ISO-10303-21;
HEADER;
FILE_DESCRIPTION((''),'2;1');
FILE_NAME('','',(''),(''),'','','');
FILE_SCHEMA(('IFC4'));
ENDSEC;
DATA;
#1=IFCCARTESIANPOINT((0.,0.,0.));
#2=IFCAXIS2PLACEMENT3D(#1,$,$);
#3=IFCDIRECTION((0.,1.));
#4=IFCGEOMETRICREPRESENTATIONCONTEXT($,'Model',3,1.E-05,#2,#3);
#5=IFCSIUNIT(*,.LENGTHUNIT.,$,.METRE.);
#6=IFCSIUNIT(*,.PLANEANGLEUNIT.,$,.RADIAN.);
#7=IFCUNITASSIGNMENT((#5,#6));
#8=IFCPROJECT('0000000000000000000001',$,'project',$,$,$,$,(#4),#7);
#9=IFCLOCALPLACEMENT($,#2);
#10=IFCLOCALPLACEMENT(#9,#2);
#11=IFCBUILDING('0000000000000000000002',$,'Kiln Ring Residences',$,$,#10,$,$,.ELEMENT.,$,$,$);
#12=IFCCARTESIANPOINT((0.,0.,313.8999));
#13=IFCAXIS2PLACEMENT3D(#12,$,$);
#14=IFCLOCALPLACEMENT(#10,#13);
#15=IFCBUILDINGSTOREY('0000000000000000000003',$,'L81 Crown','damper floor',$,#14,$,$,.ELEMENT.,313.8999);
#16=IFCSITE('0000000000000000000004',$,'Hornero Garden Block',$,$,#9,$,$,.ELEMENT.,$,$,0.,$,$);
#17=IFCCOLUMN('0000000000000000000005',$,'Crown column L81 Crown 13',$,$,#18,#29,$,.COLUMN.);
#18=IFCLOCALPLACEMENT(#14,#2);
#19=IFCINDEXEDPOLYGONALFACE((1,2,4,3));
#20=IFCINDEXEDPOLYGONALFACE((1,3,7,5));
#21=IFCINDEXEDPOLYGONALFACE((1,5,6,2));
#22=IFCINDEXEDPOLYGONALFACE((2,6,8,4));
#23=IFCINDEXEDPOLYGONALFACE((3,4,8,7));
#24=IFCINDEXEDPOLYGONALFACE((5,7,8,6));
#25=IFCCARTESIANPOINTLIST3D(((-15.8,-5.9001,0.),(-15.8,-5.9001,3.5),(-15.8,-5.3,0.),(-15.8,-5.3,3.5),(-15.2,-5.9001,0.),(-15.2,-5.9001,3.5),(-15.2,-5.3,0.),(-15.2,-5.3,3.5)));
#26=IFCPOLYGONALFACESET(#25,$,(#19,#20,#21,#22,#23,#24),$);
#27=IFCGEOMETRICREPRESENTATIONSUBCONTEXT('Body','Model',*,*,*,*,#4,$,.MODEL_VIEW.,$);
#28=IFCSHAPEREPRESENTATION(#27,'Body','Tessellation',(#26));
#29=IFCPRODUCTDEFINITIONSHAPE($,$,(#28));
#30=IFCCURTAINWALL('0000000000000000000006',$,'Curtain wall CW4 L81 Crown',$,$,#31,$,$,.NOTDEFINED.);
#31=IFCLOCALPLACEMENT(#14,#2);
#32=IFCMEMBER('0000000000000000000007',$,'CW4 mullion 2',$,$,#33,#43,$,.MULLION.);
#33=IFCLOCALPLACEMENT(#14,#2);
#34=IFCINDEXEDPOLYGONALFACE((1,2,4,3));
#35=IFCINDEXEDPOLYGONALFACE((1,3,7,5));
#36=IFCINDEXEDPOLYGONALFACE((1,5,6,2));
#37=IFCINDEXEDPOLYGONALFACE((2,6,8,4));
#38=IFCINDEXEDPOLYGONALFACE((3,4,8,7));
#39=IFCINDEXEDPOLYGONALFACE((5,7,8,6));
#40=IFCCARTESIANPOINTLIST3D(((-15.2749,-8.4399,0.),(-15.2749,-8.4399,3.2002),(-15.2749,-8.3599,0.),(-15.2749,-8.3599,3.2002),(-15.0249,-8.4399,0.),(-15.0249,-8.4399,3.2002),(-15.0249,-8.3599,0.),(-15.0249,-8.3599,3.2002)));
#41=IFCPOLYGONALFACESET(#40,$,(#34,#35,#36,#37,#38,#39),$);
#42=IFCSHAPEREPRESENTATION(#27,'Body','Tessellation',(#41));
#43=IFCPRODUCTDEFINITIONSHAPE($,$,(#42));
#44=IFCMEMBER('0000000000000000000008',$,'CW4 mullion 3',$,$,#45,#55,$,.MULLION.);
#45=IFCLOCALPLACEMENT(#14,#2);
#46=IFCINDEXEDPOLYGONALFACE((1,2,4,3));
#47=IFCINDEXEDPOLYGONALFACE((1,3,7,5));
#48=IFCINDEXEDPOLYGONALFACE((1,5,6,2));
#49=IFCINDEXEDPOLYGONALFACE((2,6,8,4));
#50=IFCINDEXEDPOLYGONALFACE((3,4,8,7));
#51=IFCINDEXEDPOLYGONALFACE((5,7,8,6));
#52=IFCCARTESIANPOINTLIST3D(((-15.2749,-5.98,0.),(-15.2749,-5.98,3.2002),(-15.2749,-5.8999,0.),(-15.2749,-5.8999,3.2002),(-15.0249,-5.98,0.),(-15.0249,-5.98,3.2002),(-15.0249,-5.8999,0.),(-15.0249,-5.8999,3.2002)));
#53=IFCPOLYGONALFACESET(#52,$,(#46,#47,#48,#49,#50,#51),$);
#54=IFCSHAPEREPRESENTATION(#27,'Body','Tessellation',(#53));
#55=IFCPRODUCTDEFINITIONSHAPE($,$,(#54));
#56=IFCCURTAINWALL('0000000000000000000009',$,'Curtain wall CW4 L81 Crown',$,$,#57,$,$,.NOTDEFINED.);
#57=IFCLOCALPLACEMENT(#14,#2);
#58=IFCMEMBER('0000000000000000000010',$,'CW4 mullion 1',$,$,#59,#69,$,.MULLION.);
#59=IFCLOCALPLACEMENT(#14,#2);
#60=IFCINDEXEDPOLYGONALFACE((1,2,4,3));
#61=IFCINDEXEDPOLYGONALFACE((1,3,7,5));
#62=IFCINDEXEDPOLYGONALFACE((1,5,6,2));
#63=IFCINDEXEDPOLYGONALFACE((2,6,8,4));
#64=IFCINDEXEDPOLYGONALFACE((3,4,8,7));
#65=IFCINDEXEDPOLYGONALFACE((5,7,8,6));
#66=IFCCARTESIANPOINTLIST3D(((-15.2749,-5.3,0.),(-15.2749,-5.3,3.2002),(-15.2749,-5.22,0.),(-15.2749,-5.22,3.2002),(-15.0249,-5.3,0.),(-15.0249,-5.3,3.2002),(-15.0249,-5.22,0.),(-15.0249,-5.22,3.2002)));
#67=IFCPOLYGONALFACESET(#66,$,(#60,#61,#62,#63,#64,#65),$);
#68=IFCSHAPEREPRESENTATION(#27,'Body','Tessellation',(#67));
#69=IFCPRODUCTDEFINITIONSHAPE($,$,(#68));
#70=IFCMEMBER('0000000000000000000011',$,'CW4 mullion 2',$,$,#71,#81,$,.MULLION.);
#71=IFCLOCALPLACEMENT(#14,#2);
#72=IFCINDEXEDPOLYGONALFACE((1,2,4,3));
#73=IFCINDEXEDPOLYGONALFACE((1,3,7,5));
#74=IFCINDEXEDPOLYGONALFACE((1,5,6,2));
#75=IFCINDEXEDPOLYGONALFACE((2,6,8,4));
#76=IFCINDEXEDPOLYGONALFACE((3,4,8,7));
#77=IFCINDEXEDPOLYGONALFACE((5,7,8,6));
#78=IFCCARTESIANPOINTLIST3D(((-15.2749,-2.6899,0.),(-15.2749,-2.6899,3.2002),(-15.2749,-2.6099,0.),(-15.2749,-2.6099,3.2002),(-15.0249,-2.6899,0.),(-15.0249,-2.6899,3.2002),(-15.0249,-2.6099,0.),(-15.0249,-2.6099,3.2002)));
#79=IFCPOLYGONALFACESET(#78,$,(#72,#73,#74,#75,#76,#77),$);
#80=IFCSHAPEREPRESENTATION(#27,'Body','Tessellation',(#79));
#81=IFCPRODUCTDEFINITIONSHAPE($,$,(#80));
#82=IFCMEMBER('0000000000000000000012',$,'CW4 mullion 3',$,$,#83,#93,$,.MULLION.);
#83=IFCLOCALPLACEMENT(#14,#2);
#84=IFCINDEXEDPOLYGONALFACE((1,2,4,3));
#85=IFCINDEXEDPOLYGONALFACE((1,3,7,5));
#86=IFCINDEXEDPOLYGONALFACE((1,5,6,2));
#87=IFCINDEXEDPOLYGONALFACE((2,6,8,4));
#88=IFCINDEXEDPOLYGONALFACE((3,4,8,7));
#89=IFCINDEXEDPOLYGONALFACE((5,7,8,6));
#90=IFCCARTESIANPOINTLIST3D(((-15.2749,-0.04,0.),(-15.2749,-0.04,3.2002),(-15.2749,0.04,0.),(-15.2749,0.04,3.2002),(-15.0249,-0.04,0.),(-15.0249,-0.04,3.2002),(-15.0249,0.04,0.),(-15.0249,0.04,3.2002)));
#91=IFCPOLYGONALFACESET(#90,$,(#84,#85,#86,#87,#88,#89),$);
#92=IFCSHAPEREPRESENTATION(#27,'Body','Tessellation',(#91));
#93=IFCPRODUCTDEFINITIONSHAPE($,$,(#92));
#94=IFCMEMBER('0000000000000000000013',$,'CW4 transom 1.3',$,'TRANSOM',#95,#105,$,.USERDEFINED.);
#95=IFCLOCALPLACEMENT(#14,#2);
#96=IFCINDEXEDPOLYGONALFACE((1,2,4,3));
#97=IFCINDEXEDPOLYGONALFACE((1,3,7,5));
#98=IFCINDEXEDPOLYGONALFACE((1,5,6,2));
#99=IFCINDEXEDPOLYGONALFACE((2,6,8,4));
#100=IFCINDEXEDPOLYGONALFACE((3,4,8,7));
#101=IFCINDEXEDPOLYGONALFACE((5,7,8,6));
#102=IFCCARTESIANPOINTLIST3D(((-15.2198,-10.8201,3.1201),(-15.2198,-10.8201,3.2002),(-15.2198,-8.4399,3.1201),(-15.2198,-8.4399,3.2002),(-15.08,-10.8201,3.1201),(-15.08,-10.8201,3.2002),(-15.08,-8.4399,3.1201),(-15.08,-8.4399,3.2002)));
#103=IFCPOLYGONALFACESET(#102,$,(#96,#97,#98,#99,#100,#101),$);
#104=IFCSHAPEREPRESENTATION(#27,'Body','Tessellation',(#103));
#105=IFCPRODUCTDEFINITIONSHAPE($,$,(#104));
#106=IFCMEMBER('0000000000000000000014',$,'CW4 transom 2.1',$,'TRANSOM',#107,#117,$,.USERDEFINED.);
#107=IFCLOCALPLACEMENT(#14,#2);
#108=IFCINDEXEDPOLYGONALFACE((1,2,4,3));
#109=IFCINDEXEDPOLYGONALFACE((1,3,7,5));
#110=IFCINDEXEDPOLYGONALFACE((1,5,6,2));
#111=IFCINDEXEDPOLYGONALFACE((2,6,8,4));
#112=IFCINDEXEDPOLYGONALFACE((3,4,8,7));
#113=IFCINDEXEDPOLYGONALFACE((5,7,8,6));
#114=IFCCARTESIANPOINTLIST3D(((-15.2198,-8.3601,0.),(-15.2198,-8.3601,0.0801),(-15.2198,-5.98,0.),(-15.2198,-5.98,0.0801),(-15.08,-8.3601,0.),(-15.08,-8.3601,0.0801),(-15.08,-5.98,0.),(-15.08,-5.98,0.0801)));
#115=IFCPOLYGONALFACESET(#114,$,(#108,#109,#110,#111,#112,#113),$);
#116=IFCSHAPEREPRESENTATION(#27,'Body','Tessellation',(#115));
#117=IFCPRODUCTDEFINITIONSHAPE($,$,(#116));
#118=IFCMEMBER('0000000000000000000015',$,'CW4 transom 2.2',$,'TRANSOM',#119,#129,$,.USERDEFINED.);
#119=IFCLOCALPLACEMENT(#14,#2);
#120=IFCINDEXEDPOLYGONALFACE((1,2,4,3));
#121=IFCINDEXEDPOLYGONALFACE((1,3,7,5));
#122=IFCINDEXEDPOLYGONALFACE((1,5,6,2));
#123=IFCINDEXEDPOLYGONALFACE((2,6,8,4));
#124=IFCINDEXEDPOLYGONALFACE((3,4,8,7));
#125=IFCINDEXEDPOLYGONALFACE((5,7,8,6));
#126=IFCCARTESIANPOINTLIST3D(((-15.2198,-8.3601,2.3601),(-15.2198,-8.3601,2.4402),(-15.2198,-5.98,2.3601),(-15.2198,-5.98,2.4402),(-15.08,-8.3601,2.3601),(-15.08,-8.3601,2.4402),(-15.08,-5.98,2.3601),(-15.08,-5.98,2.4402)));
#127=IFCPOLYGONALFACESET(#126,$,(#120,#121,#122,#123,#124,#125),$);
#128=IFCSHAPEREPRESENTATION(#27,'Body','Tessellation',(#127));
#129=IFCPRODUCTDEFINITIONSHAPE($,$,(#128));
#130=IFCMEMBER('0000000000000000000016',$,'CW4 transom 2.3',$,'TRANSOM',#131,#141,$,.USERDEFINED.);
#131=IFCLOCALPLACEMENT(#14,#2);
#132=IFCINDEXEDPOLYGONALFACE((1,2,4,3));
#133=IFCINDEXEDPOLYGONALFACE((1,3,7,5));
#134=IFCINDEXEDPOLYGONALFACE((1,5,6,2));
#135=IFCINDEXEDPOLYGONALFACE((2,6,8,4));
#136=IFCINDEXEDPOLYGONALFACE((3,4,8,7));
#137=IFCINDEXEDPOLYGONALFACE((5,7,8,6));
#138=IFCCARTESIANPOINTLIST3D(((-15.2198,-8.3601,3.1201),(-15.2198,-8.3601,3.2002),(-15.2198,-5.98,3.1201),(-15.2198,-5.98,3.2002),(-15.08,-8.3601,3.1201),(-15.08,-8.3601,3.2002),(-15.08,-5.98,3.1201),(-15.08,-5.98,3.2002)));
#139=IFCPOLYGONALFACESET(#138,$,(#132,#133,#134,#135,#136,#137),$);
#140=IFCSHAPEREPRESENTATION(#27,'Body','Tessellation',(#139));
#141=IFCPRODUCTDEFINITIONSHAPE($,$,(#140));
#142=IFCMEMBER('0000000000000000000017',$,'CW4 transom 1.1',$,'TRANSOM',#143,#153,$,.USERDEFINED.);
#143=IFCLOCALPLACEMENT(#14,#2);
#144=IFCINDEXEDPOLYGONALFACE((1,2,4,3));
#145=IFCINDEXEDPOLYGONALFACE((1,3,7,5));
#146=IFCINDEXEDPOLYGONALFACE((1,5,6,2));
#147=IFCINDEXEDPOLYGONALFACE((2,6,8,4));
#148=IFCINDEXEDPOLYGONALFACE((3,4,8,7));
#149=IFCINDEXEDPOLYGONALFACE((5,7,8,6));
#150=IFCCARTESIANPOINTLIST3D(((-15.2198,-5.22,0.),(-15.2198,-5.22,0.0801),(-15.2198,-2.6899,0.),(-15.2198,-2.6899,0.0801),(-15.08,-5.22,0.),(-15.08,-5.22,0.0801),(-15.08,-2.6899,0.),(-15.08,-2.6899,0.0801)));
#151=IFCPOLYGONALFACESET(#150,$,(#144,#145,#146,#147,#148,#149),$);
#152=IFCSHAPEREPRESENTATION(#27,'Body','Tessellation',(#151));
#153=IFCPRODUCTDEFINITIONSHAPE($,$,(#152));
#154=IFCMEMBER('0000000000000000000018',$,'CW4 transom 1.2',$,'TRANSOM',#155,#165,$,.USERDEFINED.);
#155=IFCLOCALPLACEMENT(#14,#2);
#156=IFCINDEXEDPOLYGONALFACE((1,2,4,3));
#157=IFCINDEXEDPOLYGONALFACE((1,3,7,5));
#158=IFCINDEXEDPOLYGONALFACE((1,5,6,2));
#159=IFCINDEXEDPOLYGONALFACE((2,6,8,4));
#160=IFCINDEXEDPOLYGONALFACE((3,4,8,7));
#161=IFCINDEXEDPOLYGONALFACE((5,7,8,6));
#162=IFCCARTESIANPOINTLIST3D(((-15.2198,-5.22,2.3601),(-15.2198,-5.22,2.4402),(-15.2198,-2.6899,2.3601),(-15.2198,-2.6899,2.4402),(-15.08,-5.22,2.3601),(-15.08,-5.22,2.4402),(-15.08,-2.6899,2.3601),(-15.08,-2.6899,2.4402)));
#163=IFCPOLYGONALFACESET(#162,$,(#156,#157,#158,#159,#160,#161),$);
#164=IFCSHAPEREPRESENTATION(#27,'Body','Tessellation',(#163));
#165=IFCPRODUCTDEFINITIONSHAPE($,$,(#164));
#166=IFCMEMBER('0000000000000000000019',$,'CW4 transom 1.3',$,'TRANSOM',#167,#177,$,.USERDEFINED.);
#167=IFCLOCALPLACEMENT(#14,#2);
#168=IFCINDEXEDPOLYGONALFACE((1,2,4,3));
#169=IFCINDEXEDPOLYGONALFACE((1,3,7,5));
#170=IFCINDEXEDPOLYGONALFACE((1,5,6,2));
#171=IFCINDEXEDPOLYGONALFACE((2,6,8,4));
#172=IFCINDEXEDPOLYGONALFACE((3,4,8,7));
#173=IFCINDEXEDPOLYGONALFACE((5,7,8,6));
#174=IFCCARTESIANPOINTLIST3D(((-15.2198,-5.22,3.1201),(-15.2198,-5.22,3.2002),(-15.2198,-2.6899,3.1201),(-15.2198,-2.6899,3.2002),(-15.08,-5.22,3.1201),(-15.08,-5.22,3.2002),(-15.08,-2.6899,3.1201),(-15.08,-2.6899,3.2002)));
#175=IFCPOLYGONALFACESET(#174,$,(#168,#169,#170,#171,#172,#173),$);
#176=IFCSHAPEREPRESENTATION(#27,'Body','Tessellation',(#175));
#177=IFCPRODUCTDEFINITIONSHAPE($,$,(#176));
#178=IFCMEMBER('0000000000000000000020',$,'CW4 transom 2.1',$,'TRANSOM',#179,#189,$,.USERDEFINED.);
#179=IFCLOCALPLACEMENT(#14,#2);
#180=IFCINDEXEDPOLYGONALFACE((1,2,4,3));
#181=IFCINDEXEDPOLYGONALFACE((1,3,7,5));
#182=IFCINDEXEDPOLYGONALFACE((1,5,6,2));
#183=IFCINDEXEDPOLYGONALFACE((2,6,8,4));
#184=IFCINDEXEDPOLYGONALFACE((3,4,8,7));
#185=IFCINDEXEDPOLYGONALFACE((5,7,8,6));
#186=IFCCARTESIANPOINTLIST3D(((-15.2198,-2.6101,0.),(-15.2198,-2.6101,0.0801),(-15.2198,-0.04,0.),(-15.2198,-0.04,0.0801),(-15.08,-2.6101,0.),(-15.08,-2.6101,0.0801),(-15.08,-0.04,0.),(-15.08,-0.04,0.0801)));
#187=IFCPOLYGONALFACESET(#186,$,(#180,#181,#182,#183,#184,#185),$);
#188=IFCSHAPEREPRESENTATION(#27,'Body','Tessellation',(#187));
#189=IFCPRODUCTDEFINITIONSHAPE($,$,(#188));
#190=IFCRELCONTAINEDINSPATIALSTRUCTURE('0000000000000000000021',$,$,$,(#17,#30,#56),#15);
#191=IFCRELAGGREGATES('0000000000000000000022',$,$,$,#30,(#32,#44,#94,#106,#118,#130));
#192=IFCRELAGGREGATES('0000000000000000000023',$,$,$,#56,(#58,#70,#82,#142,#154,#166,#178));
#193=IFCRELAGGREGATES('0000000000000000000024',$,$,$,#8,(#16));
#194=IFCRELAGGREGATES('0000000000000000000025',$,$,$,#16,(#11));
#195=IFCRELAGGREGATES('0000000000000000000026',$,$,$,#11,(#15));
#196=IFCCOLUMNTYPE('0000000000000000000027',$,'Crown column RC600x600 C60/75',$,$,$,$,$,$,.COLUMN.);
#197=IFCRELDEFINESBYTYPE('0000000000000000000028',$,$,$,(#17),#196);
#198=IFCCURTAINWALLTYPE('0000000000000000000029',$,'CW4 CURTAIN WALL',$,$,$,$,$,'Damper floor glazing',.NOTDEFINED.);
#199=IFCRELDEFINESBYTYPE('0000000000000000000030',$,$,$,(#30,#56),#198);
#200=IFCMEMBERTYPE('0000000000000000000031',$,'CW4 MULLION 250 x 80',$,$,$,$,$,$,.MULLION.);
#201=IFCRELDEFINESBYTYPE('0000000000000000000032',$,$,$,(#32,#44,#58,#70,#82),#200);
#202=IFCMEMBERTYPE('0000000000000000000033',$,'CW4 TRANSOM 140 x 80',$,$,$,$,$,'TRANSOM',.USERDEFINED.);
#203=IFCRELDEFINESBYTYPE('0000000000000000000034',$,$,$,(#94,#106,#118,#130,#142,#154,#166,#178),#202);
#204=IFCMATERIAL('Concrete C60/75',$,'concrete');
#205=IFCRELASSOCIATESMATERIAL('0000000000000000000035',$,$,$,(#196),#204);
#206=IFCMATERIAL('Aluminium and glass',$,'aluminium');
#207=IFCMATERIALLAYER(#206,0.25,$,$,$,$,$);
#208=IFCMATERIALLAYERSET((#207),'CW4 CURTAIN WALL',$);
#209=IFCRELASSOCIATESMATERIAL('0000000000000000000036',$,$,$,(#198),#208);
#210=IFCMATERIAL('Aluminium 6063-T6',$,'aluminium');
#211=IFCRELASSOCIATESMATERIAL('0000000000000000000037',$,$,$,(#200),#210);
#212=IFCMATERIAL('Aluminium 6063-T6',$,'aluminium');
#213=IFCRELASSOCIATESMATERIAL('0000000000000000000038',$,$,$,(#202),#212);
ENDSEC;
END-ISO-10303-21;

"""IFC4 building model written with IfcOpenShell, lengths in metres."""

from ifc_helpers import new_model, si_unit, direction, frame, origin, origin_2d, place, context, subcontext, project, spatial, rectangle, extrude, material, layer, layer_set, material_profile, profile_set, type_object, element, aggregate, save


model = new_model("IFC4")

# Units and contexts
model_context = context("Model", 3, precision=1e-05, world=origin(), true_north=direction((0.0, 1.0)))
body_context = subcontext(model_context, "Body", "Model", "MODEL_VIEW")
ifc_project = project(units=[si_unit("LENGTHUNIT", "METRE"), si_unit("PLANEANGLEUNIT", "RADIAN")], contexts=[model_context])

# Site, building, storey
site_placement = place(None, origin())
site = spatial("IfcSite", under=ifc_project, at=site_placement, Name="Hornero Garden Block", CompositionType="ELEMENT", RefElevation=0.0)
building_placement = place(site_placement, origin())
building = spatial("IfcBuilding", under=site, at=building_placement, Name="Kiln Ring Residences", CompositionType="ELEMENT")
storey_placement = place(building_placement, frame((0.0, 0.0, 313.8999)))
storey = spatial("IfcBuildingStorey", under=building, at=storey_placement, Name="L81 Crown", Description="damper floor", CompositionType="ELEMENT", Elevation=313.8999)

# Column
ifc_material_1 = material(Name="Concrete C60/75", Category="concrete")
ifc_material_profile_1 = material_profile(ifc_material_1, rectangle(XDim=0.6001, YDim=0.6001, at=origin_2d()), Name="RC600x600")
ifc_profile_set_1 = profile_set([ifc_material_profile_1], Name="Concrete C60/75")
column_type = type_object("IfcColumnType", Name="Crown column RC600x600 C60/75", PredefinedType="COLUMN", material=ifc_profile_set_1)
column_placement = place(storey_placement, frame((-15.5, -5.6001, 0.0), z_axis=(0.0, 0.0, 1.0), x_axis=(1.0, 0.0, 0.0)))
element("IfcColumn", 1, at=column_placement, inside=storey, type_object=column_type, Name="Crown column L81 Crown 13", PredefinedType="COLUMN", context=body_context, shape_type="SweptSolid", body=[
    extrude(rectangle(XDim=0.6001, YDim=0.6001, at=origin_2d()), origin(), (0.0, 0.0, 1.0), 3.5),
])

# Curtain walls, members
ifc_material_2 = material(Name="Aluminium and glass", Category="aluminium")
ifc_layer_1 = layer(ifc_material_2, 0.25)
ifc_layer_set_1 = layer_set([ifc_layer_1], Name="CW4 CURTAIN WALL")
curtain_wall_type = type_object("IfcCurtainWallType", Name="CW4 CURTAIN WALL", ElementType="Damper floor glazing", PredefinedType="NOTDEFINED", material=ifc_layer_set_1)
placement_1 = place(storey_placement, origin())
curtain_wall_1 = element("IfcCurtainWall", 2, at=placement_1, inside=storey, type_object=curtain_wall_type, Name="Curtain wall CW4 L81 Crown", PredefinedType="NOTDEFINED")
ifc_material_3 = material(Name="Aluminium 6063-T6", Category="aluminium")
ifc_material_profile_2 = material_profile(ifc_material_3, rectangle(XDim=0.25, YDim=0.0801, at=origin_2d()), Name="AL 250x80")
ifc_profile_set_2 = profile_set([ifc_material_profile_2], Name="Aluminium 6063-T6")
member_type_1 = type_object("IfcMemberType", Name="CW4 MULLION 250 x 80", PredefinedType="MULLION", material=ifc_profile_set_2)
member_1_placement = place(storey_placement, frame((-15.1499, -8.3999, 0.0), z_axis=(0.0, 0.0, 1.0), x_axis=(-1.0, 0.0, 0.0)))
member_1 = element("IfcMember", 3, at=member_1_placement, type_object=member_type_1, Name="CW4 mullion 2", PredefinedType="MULLION", context=body_context, shape_type="SweptSolid", body=[
    extrude(rectangle(XDim=0.25, YDim=0.0801, at=origin_2d()), origin(), (0.0, 0.0, 1.0), 3.2002),
])
member_2_placement = place(storey_placement, frame((-15.1499, -5.9399, 0.0), z_axis=(0.0, 0.0, 1.0), x_axis=(-1.0, 0.0, 0.0)))
member_2 = element("IfcMember", 4, at=member_2_placement, type_object=member_type_1, Name="CW4 mullion 3", PredefinedType="MULLION", context=body_context, shape_type="SweptSolid", body=[
    extrude(rectangle(XDim=0.25, YDim=0.0801, at=origin_2d()), origin(), (0.0, 0.0, 1.0), 3.2002),
])
curtain_wall_2 = element("IfcCurtainWall", 5, at=placement_1, inside=storey, type_object=curtain_wall_type, Name="Curtain wall CW4 L81 Crown", PredefinedType="NOTDEFINED")
member_3_placement = place(storey_placement, frame((-15.1499, -5.26, 0.0), z_axis=(0.0, 0.0, 1.0), x_axis=(-1.0, 0.0, 0.0)))
member_3 = element("IfcMember", 6, at=member_3_placement, type_object=member_type_1, Name="CW4 mullion 1", PredefinedType="MULLION", context=body_context, shape_type="SweptSolid", body=[
    extrude(rectangle(XDim=0.25, YDim=0.0801, at=origin_2d()), origin(), (0.0, 0.0, 1.0), 3.2002),
])
member_4_placement = place(storey_placement, frame((-15.1499, -2.6499, 0.0), z_axis=(0.0, 0.0, 1.0), x_axis=(-1.0, 0.0, 0.0)))
member_4 = element("IfcMember", 7, at=member_4_placement, type_object=member_type_1, Name="CW4 mullion 2", PredefinedType="MULLION", context=body_context, shape_type="SweptSolid", body=[
    extrude(rectangle(XDim=0.25, YDim=0.0801, at=origin_2d()), origin(), (0.0, 0.0, 1.0), 3.2002),
])
member_5_placement = place(storey_placement, frame((-15.1499, 0.0, 0.0), z_axis=(0.0, 0.0, 1.0), x_axis=(-1.0, 0.0, 0.0)))
member_5 = element("IfcMember", 8, at=member_5_placement, type_object=member_type_1, Name="CW4 mullion 3", PredefinedType="MULLION", context=body_context, shape_type="SweptSolid", body=[
    extrude(rectangle(XDim=0.25, YDim=0.0801, at=origin_2d()), origin(), (0.0, 0.0, 1.0), 3.2002),
])

# Members
ifc_material_4 = material(Name="Aluminium 6063-T6", Category="aluminium")
ifc_material_profile_3 = material_profile(ifc_material_4, rectangle(XDim=0.1399, YDim=0.0801, at=origin_2d()), Name="AL 140x80")
ifc_profile_set_3 = profile_set([ifc_material_profile_3], Name="Aluminium 6063-T6")
member_type_2 = type_object("IfcMemberType", Name="CW4 TRANSOM 140 x 80", ElementType="TRANSOM", PredefinedType="USERDEFINED", material=ifc_profile_set_3)
member_6_placement = place(storey_placement, frame((-15.1499, -10.8201, 3.1602), z_axis=(0.0, 1.0, 0.0), x_axis=(-1.0, 0.0, 0.0)))
member_6 = element("IfcMember", 9, at=member_6_placement, type_object=member_type_2, Name="CW4 transom 1.3", ObjectType="TRANSOM", PredefinedType="USERDEFINED", context=body_context, shape_type="SweptSolid", body=[
    extrude(rectangle(XDim=0.1399, YDim=0.0801, at=origin_2d()), origin(), (0.0, 0.0, 1.0), 2.3801),
])
member_7_placement = place(storey_placement, frame((-15.1499, -8.3601, 0.04), z_axis=(0.0, 1.0, 0.0), x_axis=(-1.0, 0.0, 0.0)))
member_7 = element("IfcMember", 10, at=member_7_placement, type_object=member_type_2, Name="CW4 transom 2.1", ObjectType="TRANSOM", PredefinedType="USERDEFINED", context=body_context, shape_type="SweptSolid", body=[
    extrude(rectangle(XDim=0.1399, YDim=0.0801, at=origin_2d()), origin(), (0.0, 0.0, 1.0), 2.3801),
])
member_8_placement = place(storey_placement, frame((-15.1499, -8.3601, 2.4001), z_axis=(0.0, 1.0, 0.0), x_axis=(-1.0, 0.0, 0.0)))
member_8 = element("IfcMember", 11, at=member_8_placement, type_object=member_type_2, Name="CW4 transom 2.2", ObjectType="TRANSOM", PredefinedType="USERDEFINED", context=body_context, shape_type="SweptSolid", body=[
    extrude(rectangle(XDim=0.1399, YDim=0.0801, at=origin_2d()), origin(), (0.0, 0.0, 1.0), 2.3801),
])
member_9_placement = place(storey_placement, frame((-15.1499, -8.3601, 3.1602), z_axis=(0.0, 1.0, 0.0), x_axis=(-1.0, 0.0, 0.0)))
member_9 = element("IfcMember", 12, at=member_9_placement, type_object=member_type_2, Name="CW4 transom 2.3", ObjectType="TRANSOM", PredefinedType="USERDEFINED", context=body_context, shape_type="SweptSolid", body=[
    extrude(rectangle(XDim=0.1399, YDim=0.0801, at=origin_2d()), origin(), (0.0, 0.0, 1.0), 2.3801),
])
member_10_placement = place(storey_placement, frame((-15.1499, -5.22, 0.04), z_axis=(0.0, 1.0, 0.0), x_axis=(-1.0, 0.0, 0.0)))
member_10 = element("IfcMember", 13, at=member_10_placement, type_object=member_type_2, Name="CW4 transom 1.1", ObjectType="TRANSOM", PredefinedType="USERDEFINED", context=body_context, shape_type="SweptSolid", body=[
    extrude(rectangle(XDim=0.1399, YDim=0.0801, at=origin_2d()), origin(), (0.0, 0.0, 1.0), 2.53),
])
member_11_placement = place(storey_placement, frame((-15.1499, -5.22, 2.4001), z_axis=(0.0, 1.0, 0.0), x_axis=(-1.0, 0.0, 0.0)))
member_11 = element("IfcMember", 14, at=member_11_placement, type_object=member_type_2, Name="CW4 transom 1.2", ObjectType="TRANSOM", PredefinedType="USERDEFINED", context=body_context, shape_type="SweptSolid", body=[
    extrude(rectangle(XDim=0.1399, YDim=0.0801, at=origin_2d()), origin(), (0.0, 0.0, 1.0), 2.53),
])
member_12_placement = place(storey_placement, frame((-15.1499, -5.22, 3.1602), z_axis=(0.0, 1.0, 0.0), x_axis=(-1.0, 0.0, 0.0)))
member_12 = element("IfcMember", 15, at=member_12_placement, type_object=member_type_2, Name="CW4 transom 1.3", ObjectType="TRANSOM", PredefinedType="USERDEFINED", context=body_context, shape_type="SweptSolid", body=[
    extrude(rectangle(XDim=0.1399, YDim=0.0801, at=origin_2d()), origin(), (0.0, 0.0, 1.0), 2.53),
])
member_13_placement = place(storey_placement, frame((-15.1499, -2.6101, 0.04), z_axis=(0.0, 1.0, 0.0), x_axis=(-1.0, 0.0, 0.0)))
member_13 = element("IfcMember", 16, at=member_13_placement, type_object=member_type_2, Name="CW4 transom 2.1", ObjectType="TRANSOM", PredefinedType="USERDEFINED", context=body_context, shape_type="SweptSolid", body=[
    extrude(rectangle(XDim=0.1399, YDim=0.0801, at=origin_2d()), origin(), (0.0, 0.0, 1.0), 2.5701),
])

aggregate(curtain_wall_1, [member_1, member_2, member_6, member_7, member_8, member_9])
aggregate(curtain_wall_2, [member_3, member_4, member_5, member_10, member_11, member_12, member_13])

save(model, "model.ifc")
